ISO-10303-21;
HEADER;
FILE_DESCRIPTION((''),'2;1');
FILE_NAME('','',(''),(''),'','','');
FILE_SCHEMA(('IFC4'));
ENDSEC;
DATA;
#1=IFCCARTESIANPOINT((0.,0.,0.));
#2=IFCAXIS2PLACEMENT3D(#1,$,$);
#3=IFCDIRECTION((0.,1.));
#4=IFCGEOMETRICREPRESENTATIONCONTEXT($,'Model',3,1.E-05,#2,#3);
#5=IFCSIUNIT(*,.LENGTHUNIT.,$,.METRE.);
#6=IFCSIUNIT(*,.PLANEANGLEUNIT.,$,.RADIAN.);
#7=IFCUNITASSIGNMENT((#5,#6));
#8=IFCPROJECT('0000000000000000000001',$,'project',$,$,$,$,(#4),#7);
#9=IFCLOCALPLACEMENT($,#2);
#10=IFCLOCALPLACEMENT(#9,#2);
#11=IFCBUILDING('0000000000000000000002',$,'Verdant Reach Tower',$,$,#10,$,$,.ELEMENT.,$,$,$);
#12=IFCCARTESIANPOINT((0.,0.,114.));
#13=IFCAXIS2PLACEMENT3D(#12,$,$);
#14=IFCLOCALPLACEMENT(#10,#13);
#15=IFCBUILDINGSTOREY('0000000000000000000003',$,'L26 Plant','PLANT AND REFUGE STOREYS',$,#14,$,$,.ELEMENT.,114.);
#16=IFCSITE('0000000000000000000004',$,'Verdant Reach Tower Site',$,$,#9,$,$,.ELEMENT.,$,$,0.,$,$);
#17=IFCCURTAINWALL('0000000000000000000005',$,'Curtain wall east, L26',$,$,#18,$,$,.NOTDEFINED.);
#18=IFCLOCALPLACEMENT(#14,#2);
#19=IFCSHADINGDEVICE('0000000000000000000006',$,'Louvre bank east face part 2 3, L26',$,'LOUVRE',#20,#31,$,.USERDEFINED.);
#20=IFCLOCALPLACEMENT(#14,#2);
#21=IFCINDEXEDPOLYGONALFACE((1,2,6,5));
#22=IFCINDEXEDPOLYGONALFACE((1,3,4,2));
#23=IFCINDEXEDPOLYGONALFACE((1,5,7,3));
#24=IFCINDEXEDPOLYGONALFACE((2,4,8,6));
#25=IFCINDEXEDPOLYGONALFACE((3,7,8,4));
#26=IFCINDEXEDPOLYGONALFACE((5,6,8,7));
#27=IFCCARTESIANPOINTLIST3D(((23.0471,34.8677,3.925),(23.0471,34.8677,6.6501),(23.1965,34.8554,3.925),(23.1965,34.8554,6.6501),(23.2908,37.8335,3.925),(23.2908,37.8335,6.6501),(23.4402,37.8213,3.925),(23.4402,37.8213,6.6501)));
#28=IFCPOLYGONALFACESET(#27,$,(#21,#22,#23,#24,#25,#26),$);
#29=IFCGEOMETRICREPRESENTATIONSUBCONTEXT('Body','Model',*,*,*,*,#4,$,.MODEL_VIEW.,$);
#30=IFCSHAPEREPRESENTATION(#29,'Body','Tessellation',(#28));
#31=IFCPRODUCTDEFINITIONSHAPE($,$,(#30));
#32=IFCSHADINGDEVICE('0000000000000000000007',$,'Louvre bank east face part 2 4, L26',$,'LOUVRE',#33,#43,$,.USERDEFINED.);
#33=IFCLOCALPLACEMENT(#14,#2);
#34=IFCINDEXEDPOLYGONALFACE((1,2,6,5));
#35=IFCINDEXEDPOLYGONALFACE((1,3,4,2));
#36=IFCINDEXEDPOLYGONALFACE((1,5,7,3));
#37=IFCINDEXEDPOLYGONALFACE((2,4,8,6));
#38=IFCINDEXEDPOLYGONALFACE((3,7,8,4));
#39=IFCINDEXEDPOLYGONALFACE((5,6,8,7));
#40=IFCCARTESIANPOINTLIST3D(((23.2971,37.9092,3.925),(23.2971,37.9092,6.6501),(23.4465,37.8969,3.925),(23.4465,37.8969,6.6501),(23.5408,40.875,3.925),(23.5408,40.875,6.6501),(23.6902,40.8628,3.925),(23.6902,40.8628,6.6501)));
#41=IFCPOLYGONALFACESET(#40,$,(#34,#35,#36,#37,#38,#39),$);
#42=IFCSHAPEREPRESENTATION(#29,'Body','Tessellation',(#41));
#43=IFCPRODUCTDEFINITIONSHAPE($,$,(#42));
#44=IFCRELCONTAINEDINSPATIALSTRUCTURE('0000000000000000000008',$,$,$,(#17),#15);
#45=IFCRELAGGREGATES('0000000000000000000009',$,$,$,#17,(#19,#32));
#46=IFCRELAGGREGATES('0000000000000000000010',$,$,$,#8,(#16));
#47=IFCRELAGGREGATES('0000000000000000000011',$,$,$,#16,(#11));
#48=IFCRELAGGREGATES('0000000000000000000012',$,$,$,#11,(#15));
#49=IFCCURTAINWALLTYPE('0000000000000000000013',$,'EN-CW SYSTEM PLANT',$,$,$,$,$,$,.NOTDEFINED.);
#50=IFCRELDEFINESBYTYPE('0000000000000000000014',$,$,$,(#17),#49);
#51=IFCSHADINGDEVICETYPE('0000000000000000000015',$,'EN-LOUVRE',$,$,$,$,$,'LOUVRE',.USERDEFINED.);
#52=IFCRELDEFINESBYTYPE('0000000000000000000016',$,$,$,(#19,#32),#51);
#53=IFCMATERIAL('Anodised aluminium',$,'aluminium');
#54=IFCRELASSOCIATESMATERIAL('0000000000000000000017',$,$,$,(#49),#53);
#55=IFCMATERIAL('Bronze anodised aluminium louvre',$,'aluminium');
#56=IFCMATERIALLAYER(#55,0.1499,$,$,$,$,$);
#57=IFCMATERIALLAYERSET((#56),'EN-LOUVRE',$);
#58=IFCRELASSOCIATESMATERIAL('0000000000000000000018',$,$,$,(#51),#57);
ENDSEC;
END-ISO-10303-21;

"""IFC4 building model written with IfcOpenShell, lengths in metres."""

from ifc_helpers import new_model, si_unit, direction, frame, origin, origin_2d, place, context, subcontext, project, spatial, rectangle, extrude, material, layer, layer_set, type_object, element, aggregate, save


model = new_model("IFC4")

# Units and contexts
model_context = context("Model", 3, precision=1e-05, world=origin(), true_north=direction((0.0, 1.0)))
body_context = subcontext(model_context, "Body", "Model", "MODEL_VIEW")
ifc_project = project(units=[si_unit("LENGTHUNIT", "METRE"), si_unit("PLANEANGLEUNIT", "RADIAN")], contexts=[model_context])

# Site, building, storey
site_placement = place(None, origin())
site = spatial("IfcSite", under=ifc_project, at=site_placement, Name="Verdant Reach Tower Site", CompositionType="ELEMENT", RefElevation=0.0)
building_placement = place(site_placement, origin())
building = spatial("IfcBuilding", under=site, at=building_placement, Name="Verdant Reach Tower", CompositionType="ELEMENT")
storey_placement = place(building_placement, frame((0.0, 0.0, 114.0)))
storey = spatial("IfcBuildingStorey", under=building, at=storey_placement, Name="L26 Plant", Description="PLANT AND REFUGE STOREYS", CompositionType="ELEMENT", Elevation=114.0)

# Curtain wall
ifc_material_1 = material(Name="Anodised aluminium", Category="aluminium")
curtain_wall_type = type_object("IfcCurtainWallType", Name="EN-CW SYSTEM PLANT", PredefinedType="NOTDEFINED", material=ifc_material_1)
curtain_wall_placement = place(storey_placement, origin())
curtain_wall = element("IfcCurtainWall", 1, at=curtain_wall_placement, inside=storey, type_object=curtain_wall_type, Name="Curtain wall east, L26", PredefinedType="NOTDEFINED")

# Shading devices
ifc_material_2 = material(Name="Bronze anodised aluminium louvre", Category="aluminium")
ifc_layer_1 = layer(ifc_material_2, 0.1499)
ifc_layer_set_1 = layer_set([ifc_layer_1], Name="EN-LOUVRE")
shading_device_type = type_object("IfcShadingDeviceType", Name="EN-LOUVRE", ElementType="LOUVRE", PredefinedType="USERDEFINED", material=ifc_layer_set_1)
shading_device_1_placement = place(storey_placement, frame((23.2437, 36.3445, 3.925), z_axis=(0.0, 0.0, 1.0), x_axis=(0.081916, 0.996639, 0.0)))
shading_device_1 = element("IfcShadingDevice", 2, at=shading_device_1_placement, type_object=shading_device_type, Name="Louvre bank east face part 2 3, L26", ObjectType="LOUVRE", PredefinedType="USERDEFINED", context=body_context, shape_type="SweptSolid", body=[
    extrude(rectangle(XDim=2.9758, YDim=0.1499, at=origin_2d()), origin(), (0.0, 0.0, 1.0), 2.7251),
])
shading_device_2_placement = place(storey_placement, frame((23.4937, 39.386, 3.925), z_axis=(0.0, 0.0, 1.0), x_axis=(0.081916, 0.996639, 0.0)))
shading_device_2 = element("IfcShadingDevice", 3, at=shading_device_2_placement, type_object=shading_device_type, Name="Louvre bank east face part 2 4, L26", ObjectType="LOUVRE", PredefinedType="USERDEFINED", context=body_context, shape_type="SweptSolid", body=[
    extrude(rectangle(XDim=2.9758, YDim=0.1499, at=origin_2d()), origin(), (0.0, 0.0, 1.0), 2.7251),
])
aggregate(curtain_wall, [shading_device_1, shading_device_2])

save(model, "model.ifc")
